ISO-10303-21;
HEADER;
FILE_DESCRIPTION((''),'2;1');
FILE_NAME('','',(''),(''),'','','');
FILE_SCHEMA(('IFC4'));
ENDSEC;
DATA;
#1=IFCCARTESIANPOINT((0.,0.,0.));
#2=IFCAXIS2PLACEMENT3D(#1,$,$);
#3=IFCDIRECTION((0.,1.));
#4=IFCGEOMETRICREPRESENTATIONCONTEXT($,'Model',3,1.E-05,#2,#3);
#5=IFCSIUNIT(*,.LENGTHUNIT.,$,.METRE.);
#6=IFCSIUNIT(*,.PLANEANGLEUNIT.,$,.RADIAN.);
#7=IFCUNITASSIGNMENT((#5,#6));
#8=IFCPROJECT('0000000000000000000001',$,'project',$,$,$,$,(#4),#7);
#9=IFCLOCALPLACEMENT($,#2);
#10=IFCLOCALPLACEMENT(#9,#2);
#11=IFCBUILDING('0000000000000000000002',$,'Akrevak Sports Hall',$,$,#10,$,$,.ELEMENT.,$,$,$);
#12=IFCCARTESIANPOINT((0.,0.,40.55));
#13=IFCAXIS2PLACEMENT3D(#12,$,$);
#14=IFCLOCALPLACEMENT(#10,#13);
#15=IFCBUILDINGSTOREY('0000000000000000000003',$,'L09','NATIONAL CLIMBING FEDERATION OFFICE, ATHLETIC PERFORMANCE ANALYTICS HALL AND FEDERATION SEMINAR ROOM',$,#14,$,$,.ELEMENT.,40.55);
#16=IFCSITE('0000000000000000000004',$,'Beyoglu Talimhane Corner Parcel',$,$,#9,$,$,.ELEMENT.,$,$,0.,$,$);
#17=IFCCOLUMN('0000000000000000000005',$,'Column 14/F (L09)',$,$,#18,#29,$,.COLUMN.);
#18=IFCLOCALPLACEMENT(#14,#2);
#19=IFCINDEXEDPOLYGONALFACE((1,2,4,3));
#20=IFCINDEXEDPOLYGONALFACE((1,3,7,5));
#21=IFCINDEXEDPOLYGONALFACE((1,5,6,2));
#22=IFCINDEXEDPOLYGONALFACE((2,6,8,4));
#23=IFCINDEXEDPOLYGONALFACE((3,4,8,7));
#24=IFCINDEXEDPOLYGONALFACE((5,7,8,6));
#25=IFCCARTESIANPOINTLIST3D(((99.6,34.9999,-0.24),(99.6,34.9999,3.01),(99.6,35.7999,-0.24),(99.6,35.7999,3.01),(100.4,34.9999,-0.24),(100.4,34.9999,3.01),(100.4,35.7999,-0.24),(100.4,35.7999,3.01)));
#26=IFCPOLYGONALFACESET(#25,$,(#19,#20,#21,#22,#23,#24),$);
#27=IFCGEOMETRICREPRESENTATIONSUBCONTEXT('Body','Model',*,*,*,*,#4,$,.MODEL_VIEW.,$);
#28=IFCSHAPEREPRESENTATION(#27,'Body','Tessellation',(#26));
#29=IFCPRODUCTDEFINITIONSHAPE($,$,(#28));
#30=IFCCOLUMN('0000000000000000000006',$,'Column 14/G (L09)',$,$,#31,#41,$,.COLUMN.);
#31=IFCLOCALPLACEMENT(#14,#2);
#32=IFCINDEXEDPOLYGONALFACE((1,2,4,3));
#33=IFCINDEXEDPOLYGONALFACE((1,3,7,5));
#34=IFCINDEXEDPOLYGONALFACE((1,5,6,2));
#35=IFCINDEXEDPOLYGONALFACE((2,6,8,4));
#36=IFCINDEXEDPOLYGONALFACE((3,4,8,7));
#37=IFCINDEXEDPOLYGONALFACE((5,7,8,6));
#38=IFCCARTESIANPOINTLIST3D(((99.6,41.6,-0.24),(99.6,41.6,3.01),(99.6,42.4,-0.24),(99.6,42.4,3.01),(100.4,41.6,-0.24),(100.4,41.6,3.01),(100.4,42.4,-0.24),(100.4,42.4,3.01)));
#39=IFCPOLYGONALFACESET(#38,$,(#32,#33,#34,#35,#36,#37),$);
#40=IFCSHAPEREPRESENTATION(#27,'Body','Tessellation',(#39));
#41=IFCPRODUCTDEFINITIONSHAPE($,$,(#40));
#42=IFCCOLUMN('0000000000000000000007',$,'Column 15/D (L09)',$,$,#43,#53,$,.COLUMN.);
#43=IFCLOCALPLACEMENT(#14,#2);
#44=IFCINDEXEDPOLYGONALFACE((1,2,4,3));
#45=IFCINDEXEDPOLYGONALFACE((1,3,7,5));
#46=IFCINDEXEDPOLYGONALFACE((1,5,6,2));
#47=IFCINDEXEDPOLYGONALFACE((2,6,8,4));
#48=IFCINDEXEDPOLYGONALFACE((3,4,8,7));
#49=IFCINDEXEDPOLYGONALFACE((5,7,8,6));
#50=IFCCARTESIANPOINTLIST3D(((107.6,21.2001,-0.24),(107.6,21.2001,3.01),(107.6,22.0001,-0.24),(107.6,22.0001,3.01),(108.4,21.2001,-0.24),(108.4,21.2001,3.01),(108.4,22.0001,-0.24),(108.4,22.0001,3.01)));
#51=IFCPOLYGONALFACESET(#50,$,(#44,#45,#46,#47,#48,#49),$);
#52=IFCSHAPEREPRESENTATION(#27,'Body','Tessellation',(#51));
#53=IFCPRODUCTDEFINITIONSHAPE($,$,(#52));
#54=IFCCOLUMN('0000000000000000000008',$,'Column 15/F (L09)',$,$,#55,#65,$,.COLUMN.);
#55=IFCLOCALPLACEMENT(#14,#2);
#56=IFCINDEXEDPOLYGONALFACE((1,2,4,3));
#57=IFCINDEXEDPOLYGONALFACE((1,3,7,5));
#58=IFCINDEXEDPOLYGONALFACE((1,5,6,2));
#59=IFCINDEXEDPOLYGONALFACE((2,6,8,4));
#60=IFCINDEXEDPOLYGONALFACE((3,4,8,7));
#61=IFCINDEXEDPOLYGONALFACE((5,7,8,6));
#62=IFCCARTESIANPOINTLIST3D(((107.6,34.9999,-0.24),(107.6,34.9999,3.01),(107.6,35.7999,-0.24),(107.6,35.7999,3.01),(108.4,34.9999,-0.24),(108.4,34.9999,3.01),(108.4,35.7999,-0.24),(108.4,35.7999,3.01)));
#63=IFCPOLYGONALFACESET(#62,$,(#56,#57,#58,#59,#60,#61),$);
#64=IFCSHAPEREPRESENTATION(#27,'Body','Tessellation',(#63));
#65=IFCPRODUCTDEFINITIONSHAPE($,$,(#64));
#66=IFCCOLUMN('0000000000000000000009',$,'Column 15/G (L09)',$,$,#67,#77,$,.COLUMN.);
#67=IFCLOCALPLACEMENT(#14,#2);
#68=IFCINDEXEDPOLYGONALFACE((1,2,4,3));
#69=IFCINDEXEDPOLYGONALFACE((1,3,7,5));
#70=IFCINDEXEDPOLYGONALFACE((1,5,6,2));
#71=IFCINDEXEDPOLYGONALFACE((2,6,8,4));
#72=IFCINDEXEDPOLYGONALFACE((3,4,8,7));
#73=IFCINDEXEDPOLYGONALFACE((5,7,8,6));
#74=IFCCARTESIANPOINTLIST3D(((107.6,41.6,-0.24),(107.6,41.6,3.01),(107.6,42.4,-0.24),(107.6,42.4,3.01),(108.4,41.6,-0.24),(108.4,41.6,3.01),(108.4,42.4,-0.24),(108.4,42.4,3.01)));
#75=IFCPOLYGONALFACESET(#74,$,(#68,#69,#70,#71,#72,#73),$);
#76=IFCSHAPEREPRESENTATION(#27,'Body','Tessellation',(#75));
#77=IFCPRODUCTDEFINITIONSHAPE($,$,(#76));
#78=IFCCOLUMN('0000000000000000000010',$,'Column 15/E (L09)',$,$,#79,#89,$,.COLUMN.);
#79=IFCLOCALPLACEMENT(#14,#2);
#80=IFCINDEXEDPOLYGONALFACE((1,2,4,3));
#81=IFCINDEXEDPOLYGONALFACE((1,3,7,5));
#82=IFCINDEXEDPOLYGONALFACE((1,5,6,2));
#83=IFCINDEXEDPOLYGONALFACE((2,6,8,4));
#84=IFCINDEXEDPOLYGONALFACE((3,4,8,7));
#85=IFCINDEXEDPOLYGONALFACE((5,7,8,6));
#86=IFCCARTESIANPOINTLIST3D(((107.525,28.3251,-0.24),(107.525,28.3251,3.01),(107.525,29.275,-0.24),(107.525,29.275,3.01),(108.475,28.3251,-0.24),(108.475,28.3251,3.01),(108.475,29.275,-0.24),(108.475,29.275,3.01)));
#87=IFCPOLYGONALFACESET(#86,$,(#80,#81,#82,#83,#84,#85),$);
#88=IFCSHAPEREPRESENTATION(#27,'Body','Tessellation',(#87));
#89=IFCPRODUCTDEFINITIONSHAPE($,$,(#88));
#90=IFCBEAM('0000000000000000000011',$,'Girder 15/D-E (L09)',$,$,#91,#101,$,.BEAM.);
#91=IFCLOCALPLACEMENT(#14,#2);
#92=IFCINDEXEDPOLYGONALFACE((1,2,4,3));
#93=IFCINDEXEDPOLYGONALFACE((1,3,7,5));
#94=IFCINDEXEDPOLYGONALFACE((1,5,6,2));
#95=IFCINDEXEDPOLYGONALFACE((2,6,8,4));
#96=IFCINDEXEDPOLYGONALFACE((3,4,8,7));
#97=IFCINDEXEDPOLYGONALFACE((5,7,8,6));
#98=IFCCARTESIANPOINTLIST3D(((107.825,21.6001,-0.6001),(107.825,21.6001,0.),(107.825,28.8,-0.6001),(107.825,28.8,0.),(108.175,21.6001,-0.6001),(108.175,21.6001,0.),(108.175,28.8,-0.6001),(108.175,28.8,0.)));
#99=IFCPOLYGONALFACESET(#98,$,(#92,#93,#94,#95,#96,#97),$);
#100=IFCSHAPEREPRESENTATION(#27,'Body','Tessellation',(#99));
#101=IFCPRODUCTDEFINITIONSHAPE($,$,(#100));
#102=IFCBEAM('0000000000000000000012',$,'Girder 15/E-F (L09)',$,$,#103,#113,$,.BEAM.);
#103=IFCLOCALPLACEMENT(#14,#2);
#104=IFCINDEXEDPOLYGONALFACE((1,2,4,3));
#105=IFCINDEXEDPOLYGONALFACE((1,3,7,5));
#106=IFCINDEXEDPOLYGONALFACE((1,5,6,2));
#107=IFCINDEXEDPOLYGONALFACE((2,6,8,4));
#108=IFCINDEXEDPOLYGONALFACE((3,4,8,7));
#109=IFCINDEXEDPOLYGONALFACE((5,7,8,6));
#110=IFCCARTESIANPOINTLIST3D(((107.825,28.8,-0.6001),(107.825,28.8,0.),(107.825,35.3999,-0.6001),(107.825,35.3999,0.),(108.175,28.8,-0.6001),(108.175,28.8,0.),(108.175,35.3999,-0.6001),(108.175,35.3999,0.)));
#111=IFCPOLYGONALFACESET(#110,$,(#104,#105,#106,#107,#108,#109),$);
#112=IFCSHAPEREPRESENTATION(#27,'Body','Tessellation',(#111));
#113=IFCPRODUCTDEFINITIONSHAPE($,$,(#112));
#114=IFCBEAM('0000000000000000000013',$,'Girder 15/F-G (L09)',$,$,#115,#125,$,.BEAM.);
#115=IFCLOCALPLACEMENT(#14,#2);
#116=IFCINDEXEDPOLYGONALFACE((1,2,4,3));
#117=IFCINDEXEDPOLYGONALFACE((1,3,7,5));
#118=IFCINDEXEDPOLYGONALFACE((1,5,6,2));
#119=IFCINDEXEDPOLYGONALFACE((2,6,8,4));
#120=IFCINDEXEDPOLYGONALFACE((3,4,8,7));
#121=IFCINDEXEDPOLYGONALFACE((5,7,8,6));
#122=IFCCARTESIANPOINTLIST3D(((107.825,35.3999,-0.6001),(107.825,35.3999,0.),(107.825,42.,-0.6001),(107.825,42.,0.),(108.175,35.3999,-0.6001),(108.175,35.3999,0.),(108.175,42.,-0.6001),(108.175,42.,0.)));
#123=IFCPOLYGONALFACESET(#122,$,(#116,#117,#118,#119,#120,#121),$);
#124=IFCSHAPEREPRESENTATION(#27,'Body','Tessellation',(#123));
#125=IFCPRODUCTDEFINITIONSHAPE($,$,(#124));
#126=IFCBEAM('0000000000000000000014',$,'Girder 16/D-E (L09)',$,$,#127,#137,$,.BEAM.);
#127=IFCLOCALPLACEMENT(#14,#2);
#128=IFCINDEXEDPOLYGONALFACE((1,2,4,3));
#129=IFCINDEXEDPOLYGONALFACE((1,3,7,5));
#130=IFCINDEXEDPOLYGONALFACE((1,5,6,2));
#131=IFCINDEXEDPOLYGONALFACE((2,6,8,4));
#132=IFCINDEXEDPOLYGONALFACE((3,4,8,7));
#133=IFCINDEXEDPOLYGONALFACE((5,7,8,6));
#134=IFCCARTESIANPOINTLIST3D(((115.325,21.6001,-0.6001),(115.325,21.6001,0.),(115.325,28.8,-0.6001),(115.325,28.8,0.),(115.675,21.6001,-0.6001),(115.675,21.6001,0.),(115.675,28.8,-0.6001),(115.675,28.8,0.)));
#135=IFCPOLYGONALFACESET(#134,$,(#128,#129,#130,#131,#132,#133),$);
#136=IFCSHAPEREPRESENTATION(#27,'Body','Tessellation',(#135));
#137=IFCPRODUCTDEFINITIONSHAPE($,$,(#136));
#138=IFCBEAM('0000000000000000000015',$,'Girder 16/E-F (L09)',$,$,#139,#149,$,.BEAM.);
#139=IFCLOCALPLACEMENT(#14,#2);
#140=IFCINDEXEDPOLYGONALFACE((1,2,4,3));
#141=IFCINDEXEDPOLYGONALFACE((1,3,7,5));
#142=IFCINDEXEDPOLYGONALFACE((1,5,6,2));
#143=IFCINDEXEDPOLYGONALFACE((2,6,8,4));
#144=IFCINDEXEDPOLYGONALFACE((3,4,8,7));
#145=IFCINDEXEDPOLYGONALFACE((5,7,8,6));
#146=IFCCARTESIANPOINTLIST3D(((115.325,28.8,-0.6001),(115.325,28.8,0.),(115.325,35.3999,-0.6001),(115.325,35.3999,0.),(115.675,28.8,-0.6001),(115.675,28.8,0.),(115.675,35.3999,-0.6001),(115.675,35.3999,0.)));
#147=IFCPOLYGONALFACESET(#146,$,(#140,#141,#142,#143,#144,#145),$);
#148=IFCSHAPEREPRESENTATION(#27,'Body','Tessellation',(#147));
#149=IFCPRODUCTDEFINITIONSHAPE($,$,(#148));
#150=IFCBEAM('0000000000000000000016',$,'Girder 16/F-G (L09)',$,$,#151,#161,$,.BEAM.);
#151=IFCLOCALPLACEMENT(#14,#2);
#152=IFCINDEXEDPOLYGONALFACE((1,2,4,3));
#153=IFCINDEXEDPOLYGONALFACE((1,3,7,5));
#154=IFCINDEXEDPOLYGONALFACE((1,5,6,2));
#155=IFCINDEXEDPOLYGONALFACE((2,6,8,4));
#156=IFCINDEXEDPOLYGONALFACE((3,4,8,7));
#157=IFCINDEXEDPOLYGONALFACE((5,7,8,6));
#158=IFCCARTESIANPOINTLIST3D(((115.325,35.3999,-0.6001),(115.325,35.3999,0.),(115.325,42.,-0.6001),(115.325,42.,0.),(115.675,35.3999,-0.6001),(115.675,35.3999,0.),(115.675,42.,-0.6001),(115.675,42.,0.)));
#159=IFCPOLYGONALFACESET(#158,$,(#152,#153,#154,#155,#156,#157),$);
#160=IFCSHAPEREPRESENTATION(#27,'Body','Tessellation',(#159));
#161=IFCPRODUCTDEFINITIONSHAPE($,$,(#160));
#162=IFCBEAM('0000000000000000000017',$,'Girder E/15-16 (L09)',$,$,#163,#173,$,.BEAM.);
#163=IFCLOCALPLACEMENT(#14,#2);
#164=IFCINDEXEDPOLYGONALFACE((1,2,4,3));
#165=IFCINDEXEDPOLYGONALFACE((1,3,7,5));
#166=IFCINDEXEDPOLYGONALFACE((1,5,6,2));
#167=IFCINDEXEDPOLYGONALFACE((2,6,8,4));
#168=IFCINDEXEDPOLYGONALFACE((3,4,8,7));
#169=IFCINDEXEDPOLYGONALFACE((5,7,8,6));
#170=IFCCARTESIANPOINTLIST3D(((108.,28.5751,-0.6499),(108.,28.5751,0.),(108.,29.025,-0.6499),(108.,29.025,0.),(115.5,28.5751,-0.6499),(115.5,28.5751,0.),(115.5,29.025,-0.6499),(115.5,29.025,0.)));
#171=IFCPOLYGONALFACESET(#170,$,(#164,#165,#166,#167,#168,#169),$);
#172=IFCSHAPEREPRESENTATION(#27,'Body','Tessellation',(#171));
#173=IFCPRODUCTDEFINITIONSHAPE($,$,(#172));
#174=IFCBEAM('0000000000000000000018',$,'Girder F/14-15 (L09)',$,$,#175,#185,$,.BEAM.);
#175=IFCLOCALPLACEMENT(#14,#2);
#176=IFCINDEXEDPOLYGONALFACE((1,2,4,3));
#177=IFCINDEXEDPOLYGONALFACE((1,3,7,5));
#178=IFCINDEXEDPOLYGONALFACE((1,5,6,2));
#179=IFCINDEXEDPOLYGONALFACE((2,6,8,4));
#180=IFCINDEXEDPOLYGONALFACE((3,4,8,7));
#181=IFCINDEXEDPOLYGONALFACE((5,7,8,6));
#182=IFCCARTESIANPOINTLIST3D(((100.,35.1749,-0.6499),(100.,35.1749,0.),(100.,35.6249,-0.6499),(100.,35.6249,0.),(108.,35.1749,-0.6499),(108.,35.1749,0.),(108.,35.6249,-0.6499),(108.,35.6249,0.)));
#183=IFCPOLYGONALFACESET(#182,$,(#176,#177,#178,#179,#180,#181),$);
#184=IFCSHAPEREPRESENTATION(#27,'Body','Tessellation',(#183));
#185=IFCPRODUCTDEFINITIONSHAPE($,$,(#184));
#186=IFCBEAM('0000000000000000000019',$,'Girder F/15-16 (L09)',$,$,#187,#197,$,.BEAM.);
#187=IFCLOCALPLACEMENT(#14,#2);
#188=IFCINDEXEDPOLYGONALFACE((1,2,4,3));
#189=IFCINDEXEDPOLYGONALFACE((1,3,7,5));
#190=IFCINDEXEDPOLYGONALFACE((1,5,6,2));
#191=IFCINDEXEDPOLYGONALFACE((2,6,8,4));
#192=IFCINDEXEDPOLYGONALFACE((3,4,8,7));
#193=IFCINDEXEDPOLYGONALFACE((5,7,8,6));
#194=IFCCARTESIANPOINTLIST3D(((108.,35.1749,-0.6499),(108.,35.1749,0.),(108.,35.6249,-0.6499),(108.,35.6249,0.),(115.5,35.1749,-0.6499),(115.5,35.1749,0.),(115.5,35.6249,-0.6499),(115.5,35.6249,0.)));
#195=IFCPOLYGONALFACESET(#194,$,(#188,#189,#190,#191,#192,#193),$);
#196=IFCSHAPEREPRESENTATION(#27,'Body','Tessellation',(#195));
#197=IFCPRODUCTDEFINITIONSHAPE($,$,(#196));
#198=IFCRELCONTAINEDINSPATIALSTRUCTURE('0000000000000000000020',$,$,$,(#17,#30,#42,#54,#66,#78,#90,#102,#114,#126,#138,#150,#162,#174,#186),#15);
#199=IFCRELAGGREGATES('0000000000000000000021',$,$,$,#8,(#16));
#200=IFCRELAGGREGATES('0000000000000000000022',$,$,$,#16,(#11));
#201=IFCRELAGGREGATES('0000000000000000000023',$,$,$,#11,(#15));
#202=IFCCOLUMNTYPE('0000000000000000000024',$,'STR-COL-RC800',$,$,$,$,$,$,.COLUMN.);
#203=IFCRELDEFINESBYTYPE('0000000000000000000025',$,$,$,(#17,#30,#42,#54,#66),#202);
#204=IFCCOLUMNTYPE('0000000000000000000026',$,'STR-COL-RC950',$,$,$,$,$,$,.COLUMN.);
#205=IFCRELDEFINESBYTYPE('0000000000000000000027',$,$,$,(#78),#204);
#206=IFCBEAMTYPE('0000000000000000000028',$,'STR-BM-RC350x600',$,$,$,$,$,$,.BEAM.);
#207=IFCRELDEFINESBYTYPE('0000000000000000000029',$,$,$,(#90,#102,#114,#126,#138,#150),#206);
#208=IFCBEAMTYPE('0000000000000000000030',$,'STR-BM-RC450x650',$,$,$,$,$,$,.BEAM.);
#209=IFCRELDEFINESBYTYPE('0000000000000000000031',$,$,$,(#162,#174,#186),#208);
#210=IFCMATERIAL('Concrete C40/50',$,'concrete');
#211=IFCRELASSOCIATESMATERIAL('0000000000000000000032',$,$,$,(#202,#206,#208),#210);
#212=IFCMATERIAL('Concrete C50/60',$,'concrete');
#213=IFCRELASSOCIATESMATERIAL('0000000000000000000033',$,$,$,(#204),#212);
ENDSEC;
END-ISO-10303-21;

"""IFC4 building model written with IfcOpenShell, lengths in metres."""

from ifc_helpers import new_model, si_unit, direction, frame, origin, origin_2d, place, context, subcontext, project, spatial, rectangle, extrude, material, material_profile, profile_set, type_object, element, save


model = new_model("IFC4")

# Units and contexts
model_context = context("Model", 3, precision=1e-05, world=origin(), true_north=direction((0.0, 1.0)))
body_context = subcontext(model_context, "Body", "Model", "MODEL_VIEW")
ifc_project = project(units=[si_unit("LENGTHUNIT", "METRE"), si_unit("PLANEANGLEUNIT", "RADIAN")], contexts=[model_context])

# Site, building, storey
site_placement = place(None, origin())
site = spatial("IfcSite", under=ifc_project, at=site_placement, Name="Beyoglu Talimhane Corner Parcel", CompositionType="ELEMENT", RefElevation=0.0)
building_placement = place(site_placement, origin())
building = spatial("IfcBuilding", under=site, at=building_placement, Name="Akrevak Sports Hall", CompositionType="ELEMENT")
storey_placement = place(building_placement, frame((0.0, 0.0, 40.55)))
storey = spatial("IfcBuildingStorey", under=building, at=storey_placement, Name="L09", Description="NATIONAL CLIMBING FEDERATION OFFICE, ATHLETIC PERFORMANCE ANALYTICS HALL AND FEDERATION SEMINAR ROOM", CompositionType="ELEMENT", Elevation=40.55)

# Columns
ifc_material_1 = material(Name="Concrete C40/50", Category="concrete")
ifc_material_profile_1 = material_profile(ifc_material_1, rectangle(XDim=0.8, YDim=0.8, at=origin_2d()), Name="RC 800x800", Category="concrete")
ifc_profile_set_1 = profile_set([ifc_material_profile_1], Name="Concrete C40/50")
column_type_1 = type_object("IfcColumnType", Name="STR-COL-RC800", PredefinedType="COLUMN", material=ifc_profile_set_1)
for number, where, z_axis, x_axis, name in (
    (1, (100.0, 35.3999, -0.24), (0.0, 0.0, 1.0), (1.0, 0.0, 0.0), "Column 14/F (L09)"),
    (2, (100.0, 42.0, -0.24), (0.0, 0.0, 1.0), (1.0, 0.0, 0.0), "Column 14/G (L09)"),
    (3, (108.0, 21.6001, -0.24), (0.0, 0.0, 1.0), (1.0, 0.0, 0.0), "Column 15/D (L09)"),
    (4, (108.0, 35.3999, -0.24), (0.0, 0.0, 1.0), (1.0, 0.0, 0.0), "Column 15/F (L09)"),
    (5, (108.0, 42.0, -0.24), (0.0, 0.0, 1.0), (1.0, 0.0, 0.0), "Column 15/G (L09)"),
):
    element("IfcColumn", number, at=place(storey_placement, frame(where, z_axis=z_axis, x_axis=x_axis)), inside=storey, type_object=column_type_1, Name=name, PredefinedType="COLUMN", context=body_context, shape_type="SweptSolid", body=[
        extrude(rectangle(XDim=0.8, YDim=0.8, at=origin_2d()), origin(), (0.0, 0.0, 1.0), 3.25),
    ])
ifc_material_2 = material(Name="Concrete C50/60", Category="concrete")
ifc_material_profile_2 = material_profile(ifc_material_2, rectangle(XDim=0.95, YDim=0.95, at=origin_2d()), Name="RC 950x950", Category="concrete")
ifc_profile_set_2 = profile_set([ifc_material_profile_2], Name="Concrete C50/60")
column_type_2 = type_object("IfcColumnType", Name="STR-COL-RC950", PredefinedType="COLUMN", material=ifc_profile_set_2)
column_placement = place(storey_placement, frame((108.0, 28.8, -0.24), z_axis=(0.0, 0.0, 1.0), x_axis=(1.0, 0.0, 0.0)))
element("IfcColumn", 6, at=column_placement, inside=storey, type_object=column_type_2, Name="Column 15/E (L09)", PredefinedType="COLUMN", context=body_context, shape_type="SweptSolid", body=[
    extrude(rectangle(XDim=0.95, YDim=0.95, at=origin_2d()), origin(), (0.0, 0.0, 1.0), 3.25),
])

# Beams
ifc_material_profile_3 = material_profile(ifc_material_1, rectangle(XDim=0.3501, YDim=0.6001, at=origin_2d()), Name="BM 350x600", Category="concrete")
ifc_profile_set_3 = profile_set([ifc_material_profile_3], Name="Concrete C40/50")
beam_type_1 = type_object("IfcBeamType", Name="STR-BM-RC350x600", PredefinedType="BEAM", material=ifc_profile_set_3)
beam_1_placement = place(storey_placement, frame((108.0, 21.6001, -0.3), z_axis=(0.0, 1.0, 0.0), x_axis=(-1.0, 0.0, 0.0)))
element("IfcBeam", 7, at=beam_1_placement, inside=storey, type_object=beam_type_1, Name="Girder 15/D-E (L09)", PredefinedType="BEAM", context=body_context, shape_type="SweptSolid", body=[
    extrude(rectangle(XDim=0.3501, YDim=0.6001, at=origin_2d()), origin(), (0.0, 0.0, 1.0), 7.2),
])
beam_2_placement = place(storey_placement, frame((108.0, 28.8, -0.3), z_axis=(0.0, 1.0, 0.0), x_axis=(-1.0, 0.0, 0.0)))
element("IfcBeam", 8, at=beam_2_placement, inside=storey, type_object=beam_type_1, Name="Girder 15/E-F (L09)", PredefinedType="BEAM", context=body_context, shape_type="SweptSolid", body=[
    extrude(rectangle(XDim=0.3501, YDim=0.6001, at=origin_2d()), origin(), (0.0, 0.0, 1.0), 6.5999),
])
beam_3_placement = place(storey_placement, frame((108.0, 35.3999, -0.3), z_axis=(0.0, 1.0, 0.0), x_axis=(-1.0, 0.0, 0.0)))
element("IfcBeam", 9, at=beam_3_placement, inside=storey, type_object=beam_type_1, Name="Girder 15/F-G (L09)", PredefinedType="BEAM", context=body_context, shape_type="SweptSolid", body=[
    extrude(rectangle(XDim=0.3501, YDim=0.6001, at=origin_2d()), origin(), (0.0, 0.0, 1.0), 6.6001),
])
beam_4_placement = place(storey_placement, frame((115.5, 21.6001, -0.3), z_axis=(0.0, 1.0, 0.0), x_axis=(-1.0, 0.0, 0.0)))
element("IfcBeam", 10, at=beam_4_placement, inside=storey, type_object=beam_type_1, Name="Girder 16/D-E (L09)", PredefinedType="BEAM", context=body_context, shape_type="SweptSolid", body=[
    extrude(rectangle(XDim=0.3501, YDim=0.6001, at=origin_2d()), origin(), (0.0, 0.0, 1.0), 7.2),
])
beam_5_placement = place(storey_placement, frame((115.5, 28.8, -0.3), z_axis=(0.0, 1.0, 0.0), x_axis=(-1.0, 0.0, 0.0)))
element("IfcBeam", 11, at=beam_5_placement, inside=storey, type_object=beam_type_1, Name="Girder 16/E-F (L09)", PredefinedType="BEAM", context=body_context, shape_type="SweptSolid", body=[
    extrude(rectangle(XDim=0.3501, YDim=0.6001, at=origin_2d()), origin(), (0.0, 0.0, 1.0), 6.5999),
])
beam_6_placement = place(storey_placement, frame((115.5, 35.3999, -0.3), z_axis=(0.0, 1.0, 0.0), x_axis=(-1.0, 0.0, 0.0)))
element("IfcBeam", 12, at=beam_6_placement, inside=storey, type_object=beam_type_1, Name="Girder 16/F-G (L09)", PredefinedType="BEAM", context=body_context, shape_type="SweptSolid", body=[
    extrude(rectangle(XDim=0.3501, YDim=0.6001, at=origin_2d()), origin(), (0.0, 0.0, 1.0), 6.6001),
])
ifc_material_profile_4 = material_profile(ifc_material_1, rectangle(XDim=0.45, YDim=0.6499, at=origin_2d()), Name="BM 450x650", Category="concrete")
ifc_profile_set_4 = profile_set([ifc_material_profile_4], Name="Concrete C40/50")
beam_type_2 = type_object("IfcBeamType", Name="STR-BM-RC450x650", PredefinedType="BEAM", material=ifc_profile_set_4)
beam_7_placement = place(storey_placement, frame((108.0, 28.8, -0.325), z_axis=(1.0, 0.0, 0.0), x_axis=(0.0, 1.0, 0.0)))
element("IfcBeam", 13, at=beam_7_placement, inside=storey, type_object=beam_type_2, Name="Girder E/15-16 (L09)", PredefinedType="BEAM", context=body_context, shape_type="SweptSolid", body=[
    extrude(rectangle(XDim=0.45, YDim=0.6499, at=origin_2d()), origin(), (0.0, 0.0, 1.0), 7.5),
])
beam_8_placement = place(storey_placement, frame((100.0, 35.3999, -0.325), z_axis=(1.0, 0.0, 0.0), x_axis=(0.0, 1.0, 0.0)))
element("IfcBeam", 14, at=beam_8_placement, inside=storey, type_object=beam_type_2, Name="Girder F/14-15 (L09)", PredefinedType="BEAM", context=body_context, shape_type="SweptSolid", body=[
    extrude(rectangle(XDim=0.45, YDim=0.6499, at=origin_2d()), origin(), (0.0, 0.0, 1.0), 8.0),
])
beam_9_placement = place(storey_placement, frame((108.0, 35.3999, -0.325), z_axis=(1.0, 0.0, 0.0), x_axis=(0.0, 1.0, 0.0)))
element("IfcBeam", 15, at=beam_9_placement, inside=storey, type_object=beam_type_2, Name="Girder F/15-16 (L09)", PredefinedType="BEAM", context=body_context, shape_type="SweptSolid", body=[
    extrude(rectangle(XDim=0.45, YDim=0.6499, at=origin_2d()), origin(), (0.0, 0.0, 1.0), 7.5),
])

save(model, "model.ifc")
